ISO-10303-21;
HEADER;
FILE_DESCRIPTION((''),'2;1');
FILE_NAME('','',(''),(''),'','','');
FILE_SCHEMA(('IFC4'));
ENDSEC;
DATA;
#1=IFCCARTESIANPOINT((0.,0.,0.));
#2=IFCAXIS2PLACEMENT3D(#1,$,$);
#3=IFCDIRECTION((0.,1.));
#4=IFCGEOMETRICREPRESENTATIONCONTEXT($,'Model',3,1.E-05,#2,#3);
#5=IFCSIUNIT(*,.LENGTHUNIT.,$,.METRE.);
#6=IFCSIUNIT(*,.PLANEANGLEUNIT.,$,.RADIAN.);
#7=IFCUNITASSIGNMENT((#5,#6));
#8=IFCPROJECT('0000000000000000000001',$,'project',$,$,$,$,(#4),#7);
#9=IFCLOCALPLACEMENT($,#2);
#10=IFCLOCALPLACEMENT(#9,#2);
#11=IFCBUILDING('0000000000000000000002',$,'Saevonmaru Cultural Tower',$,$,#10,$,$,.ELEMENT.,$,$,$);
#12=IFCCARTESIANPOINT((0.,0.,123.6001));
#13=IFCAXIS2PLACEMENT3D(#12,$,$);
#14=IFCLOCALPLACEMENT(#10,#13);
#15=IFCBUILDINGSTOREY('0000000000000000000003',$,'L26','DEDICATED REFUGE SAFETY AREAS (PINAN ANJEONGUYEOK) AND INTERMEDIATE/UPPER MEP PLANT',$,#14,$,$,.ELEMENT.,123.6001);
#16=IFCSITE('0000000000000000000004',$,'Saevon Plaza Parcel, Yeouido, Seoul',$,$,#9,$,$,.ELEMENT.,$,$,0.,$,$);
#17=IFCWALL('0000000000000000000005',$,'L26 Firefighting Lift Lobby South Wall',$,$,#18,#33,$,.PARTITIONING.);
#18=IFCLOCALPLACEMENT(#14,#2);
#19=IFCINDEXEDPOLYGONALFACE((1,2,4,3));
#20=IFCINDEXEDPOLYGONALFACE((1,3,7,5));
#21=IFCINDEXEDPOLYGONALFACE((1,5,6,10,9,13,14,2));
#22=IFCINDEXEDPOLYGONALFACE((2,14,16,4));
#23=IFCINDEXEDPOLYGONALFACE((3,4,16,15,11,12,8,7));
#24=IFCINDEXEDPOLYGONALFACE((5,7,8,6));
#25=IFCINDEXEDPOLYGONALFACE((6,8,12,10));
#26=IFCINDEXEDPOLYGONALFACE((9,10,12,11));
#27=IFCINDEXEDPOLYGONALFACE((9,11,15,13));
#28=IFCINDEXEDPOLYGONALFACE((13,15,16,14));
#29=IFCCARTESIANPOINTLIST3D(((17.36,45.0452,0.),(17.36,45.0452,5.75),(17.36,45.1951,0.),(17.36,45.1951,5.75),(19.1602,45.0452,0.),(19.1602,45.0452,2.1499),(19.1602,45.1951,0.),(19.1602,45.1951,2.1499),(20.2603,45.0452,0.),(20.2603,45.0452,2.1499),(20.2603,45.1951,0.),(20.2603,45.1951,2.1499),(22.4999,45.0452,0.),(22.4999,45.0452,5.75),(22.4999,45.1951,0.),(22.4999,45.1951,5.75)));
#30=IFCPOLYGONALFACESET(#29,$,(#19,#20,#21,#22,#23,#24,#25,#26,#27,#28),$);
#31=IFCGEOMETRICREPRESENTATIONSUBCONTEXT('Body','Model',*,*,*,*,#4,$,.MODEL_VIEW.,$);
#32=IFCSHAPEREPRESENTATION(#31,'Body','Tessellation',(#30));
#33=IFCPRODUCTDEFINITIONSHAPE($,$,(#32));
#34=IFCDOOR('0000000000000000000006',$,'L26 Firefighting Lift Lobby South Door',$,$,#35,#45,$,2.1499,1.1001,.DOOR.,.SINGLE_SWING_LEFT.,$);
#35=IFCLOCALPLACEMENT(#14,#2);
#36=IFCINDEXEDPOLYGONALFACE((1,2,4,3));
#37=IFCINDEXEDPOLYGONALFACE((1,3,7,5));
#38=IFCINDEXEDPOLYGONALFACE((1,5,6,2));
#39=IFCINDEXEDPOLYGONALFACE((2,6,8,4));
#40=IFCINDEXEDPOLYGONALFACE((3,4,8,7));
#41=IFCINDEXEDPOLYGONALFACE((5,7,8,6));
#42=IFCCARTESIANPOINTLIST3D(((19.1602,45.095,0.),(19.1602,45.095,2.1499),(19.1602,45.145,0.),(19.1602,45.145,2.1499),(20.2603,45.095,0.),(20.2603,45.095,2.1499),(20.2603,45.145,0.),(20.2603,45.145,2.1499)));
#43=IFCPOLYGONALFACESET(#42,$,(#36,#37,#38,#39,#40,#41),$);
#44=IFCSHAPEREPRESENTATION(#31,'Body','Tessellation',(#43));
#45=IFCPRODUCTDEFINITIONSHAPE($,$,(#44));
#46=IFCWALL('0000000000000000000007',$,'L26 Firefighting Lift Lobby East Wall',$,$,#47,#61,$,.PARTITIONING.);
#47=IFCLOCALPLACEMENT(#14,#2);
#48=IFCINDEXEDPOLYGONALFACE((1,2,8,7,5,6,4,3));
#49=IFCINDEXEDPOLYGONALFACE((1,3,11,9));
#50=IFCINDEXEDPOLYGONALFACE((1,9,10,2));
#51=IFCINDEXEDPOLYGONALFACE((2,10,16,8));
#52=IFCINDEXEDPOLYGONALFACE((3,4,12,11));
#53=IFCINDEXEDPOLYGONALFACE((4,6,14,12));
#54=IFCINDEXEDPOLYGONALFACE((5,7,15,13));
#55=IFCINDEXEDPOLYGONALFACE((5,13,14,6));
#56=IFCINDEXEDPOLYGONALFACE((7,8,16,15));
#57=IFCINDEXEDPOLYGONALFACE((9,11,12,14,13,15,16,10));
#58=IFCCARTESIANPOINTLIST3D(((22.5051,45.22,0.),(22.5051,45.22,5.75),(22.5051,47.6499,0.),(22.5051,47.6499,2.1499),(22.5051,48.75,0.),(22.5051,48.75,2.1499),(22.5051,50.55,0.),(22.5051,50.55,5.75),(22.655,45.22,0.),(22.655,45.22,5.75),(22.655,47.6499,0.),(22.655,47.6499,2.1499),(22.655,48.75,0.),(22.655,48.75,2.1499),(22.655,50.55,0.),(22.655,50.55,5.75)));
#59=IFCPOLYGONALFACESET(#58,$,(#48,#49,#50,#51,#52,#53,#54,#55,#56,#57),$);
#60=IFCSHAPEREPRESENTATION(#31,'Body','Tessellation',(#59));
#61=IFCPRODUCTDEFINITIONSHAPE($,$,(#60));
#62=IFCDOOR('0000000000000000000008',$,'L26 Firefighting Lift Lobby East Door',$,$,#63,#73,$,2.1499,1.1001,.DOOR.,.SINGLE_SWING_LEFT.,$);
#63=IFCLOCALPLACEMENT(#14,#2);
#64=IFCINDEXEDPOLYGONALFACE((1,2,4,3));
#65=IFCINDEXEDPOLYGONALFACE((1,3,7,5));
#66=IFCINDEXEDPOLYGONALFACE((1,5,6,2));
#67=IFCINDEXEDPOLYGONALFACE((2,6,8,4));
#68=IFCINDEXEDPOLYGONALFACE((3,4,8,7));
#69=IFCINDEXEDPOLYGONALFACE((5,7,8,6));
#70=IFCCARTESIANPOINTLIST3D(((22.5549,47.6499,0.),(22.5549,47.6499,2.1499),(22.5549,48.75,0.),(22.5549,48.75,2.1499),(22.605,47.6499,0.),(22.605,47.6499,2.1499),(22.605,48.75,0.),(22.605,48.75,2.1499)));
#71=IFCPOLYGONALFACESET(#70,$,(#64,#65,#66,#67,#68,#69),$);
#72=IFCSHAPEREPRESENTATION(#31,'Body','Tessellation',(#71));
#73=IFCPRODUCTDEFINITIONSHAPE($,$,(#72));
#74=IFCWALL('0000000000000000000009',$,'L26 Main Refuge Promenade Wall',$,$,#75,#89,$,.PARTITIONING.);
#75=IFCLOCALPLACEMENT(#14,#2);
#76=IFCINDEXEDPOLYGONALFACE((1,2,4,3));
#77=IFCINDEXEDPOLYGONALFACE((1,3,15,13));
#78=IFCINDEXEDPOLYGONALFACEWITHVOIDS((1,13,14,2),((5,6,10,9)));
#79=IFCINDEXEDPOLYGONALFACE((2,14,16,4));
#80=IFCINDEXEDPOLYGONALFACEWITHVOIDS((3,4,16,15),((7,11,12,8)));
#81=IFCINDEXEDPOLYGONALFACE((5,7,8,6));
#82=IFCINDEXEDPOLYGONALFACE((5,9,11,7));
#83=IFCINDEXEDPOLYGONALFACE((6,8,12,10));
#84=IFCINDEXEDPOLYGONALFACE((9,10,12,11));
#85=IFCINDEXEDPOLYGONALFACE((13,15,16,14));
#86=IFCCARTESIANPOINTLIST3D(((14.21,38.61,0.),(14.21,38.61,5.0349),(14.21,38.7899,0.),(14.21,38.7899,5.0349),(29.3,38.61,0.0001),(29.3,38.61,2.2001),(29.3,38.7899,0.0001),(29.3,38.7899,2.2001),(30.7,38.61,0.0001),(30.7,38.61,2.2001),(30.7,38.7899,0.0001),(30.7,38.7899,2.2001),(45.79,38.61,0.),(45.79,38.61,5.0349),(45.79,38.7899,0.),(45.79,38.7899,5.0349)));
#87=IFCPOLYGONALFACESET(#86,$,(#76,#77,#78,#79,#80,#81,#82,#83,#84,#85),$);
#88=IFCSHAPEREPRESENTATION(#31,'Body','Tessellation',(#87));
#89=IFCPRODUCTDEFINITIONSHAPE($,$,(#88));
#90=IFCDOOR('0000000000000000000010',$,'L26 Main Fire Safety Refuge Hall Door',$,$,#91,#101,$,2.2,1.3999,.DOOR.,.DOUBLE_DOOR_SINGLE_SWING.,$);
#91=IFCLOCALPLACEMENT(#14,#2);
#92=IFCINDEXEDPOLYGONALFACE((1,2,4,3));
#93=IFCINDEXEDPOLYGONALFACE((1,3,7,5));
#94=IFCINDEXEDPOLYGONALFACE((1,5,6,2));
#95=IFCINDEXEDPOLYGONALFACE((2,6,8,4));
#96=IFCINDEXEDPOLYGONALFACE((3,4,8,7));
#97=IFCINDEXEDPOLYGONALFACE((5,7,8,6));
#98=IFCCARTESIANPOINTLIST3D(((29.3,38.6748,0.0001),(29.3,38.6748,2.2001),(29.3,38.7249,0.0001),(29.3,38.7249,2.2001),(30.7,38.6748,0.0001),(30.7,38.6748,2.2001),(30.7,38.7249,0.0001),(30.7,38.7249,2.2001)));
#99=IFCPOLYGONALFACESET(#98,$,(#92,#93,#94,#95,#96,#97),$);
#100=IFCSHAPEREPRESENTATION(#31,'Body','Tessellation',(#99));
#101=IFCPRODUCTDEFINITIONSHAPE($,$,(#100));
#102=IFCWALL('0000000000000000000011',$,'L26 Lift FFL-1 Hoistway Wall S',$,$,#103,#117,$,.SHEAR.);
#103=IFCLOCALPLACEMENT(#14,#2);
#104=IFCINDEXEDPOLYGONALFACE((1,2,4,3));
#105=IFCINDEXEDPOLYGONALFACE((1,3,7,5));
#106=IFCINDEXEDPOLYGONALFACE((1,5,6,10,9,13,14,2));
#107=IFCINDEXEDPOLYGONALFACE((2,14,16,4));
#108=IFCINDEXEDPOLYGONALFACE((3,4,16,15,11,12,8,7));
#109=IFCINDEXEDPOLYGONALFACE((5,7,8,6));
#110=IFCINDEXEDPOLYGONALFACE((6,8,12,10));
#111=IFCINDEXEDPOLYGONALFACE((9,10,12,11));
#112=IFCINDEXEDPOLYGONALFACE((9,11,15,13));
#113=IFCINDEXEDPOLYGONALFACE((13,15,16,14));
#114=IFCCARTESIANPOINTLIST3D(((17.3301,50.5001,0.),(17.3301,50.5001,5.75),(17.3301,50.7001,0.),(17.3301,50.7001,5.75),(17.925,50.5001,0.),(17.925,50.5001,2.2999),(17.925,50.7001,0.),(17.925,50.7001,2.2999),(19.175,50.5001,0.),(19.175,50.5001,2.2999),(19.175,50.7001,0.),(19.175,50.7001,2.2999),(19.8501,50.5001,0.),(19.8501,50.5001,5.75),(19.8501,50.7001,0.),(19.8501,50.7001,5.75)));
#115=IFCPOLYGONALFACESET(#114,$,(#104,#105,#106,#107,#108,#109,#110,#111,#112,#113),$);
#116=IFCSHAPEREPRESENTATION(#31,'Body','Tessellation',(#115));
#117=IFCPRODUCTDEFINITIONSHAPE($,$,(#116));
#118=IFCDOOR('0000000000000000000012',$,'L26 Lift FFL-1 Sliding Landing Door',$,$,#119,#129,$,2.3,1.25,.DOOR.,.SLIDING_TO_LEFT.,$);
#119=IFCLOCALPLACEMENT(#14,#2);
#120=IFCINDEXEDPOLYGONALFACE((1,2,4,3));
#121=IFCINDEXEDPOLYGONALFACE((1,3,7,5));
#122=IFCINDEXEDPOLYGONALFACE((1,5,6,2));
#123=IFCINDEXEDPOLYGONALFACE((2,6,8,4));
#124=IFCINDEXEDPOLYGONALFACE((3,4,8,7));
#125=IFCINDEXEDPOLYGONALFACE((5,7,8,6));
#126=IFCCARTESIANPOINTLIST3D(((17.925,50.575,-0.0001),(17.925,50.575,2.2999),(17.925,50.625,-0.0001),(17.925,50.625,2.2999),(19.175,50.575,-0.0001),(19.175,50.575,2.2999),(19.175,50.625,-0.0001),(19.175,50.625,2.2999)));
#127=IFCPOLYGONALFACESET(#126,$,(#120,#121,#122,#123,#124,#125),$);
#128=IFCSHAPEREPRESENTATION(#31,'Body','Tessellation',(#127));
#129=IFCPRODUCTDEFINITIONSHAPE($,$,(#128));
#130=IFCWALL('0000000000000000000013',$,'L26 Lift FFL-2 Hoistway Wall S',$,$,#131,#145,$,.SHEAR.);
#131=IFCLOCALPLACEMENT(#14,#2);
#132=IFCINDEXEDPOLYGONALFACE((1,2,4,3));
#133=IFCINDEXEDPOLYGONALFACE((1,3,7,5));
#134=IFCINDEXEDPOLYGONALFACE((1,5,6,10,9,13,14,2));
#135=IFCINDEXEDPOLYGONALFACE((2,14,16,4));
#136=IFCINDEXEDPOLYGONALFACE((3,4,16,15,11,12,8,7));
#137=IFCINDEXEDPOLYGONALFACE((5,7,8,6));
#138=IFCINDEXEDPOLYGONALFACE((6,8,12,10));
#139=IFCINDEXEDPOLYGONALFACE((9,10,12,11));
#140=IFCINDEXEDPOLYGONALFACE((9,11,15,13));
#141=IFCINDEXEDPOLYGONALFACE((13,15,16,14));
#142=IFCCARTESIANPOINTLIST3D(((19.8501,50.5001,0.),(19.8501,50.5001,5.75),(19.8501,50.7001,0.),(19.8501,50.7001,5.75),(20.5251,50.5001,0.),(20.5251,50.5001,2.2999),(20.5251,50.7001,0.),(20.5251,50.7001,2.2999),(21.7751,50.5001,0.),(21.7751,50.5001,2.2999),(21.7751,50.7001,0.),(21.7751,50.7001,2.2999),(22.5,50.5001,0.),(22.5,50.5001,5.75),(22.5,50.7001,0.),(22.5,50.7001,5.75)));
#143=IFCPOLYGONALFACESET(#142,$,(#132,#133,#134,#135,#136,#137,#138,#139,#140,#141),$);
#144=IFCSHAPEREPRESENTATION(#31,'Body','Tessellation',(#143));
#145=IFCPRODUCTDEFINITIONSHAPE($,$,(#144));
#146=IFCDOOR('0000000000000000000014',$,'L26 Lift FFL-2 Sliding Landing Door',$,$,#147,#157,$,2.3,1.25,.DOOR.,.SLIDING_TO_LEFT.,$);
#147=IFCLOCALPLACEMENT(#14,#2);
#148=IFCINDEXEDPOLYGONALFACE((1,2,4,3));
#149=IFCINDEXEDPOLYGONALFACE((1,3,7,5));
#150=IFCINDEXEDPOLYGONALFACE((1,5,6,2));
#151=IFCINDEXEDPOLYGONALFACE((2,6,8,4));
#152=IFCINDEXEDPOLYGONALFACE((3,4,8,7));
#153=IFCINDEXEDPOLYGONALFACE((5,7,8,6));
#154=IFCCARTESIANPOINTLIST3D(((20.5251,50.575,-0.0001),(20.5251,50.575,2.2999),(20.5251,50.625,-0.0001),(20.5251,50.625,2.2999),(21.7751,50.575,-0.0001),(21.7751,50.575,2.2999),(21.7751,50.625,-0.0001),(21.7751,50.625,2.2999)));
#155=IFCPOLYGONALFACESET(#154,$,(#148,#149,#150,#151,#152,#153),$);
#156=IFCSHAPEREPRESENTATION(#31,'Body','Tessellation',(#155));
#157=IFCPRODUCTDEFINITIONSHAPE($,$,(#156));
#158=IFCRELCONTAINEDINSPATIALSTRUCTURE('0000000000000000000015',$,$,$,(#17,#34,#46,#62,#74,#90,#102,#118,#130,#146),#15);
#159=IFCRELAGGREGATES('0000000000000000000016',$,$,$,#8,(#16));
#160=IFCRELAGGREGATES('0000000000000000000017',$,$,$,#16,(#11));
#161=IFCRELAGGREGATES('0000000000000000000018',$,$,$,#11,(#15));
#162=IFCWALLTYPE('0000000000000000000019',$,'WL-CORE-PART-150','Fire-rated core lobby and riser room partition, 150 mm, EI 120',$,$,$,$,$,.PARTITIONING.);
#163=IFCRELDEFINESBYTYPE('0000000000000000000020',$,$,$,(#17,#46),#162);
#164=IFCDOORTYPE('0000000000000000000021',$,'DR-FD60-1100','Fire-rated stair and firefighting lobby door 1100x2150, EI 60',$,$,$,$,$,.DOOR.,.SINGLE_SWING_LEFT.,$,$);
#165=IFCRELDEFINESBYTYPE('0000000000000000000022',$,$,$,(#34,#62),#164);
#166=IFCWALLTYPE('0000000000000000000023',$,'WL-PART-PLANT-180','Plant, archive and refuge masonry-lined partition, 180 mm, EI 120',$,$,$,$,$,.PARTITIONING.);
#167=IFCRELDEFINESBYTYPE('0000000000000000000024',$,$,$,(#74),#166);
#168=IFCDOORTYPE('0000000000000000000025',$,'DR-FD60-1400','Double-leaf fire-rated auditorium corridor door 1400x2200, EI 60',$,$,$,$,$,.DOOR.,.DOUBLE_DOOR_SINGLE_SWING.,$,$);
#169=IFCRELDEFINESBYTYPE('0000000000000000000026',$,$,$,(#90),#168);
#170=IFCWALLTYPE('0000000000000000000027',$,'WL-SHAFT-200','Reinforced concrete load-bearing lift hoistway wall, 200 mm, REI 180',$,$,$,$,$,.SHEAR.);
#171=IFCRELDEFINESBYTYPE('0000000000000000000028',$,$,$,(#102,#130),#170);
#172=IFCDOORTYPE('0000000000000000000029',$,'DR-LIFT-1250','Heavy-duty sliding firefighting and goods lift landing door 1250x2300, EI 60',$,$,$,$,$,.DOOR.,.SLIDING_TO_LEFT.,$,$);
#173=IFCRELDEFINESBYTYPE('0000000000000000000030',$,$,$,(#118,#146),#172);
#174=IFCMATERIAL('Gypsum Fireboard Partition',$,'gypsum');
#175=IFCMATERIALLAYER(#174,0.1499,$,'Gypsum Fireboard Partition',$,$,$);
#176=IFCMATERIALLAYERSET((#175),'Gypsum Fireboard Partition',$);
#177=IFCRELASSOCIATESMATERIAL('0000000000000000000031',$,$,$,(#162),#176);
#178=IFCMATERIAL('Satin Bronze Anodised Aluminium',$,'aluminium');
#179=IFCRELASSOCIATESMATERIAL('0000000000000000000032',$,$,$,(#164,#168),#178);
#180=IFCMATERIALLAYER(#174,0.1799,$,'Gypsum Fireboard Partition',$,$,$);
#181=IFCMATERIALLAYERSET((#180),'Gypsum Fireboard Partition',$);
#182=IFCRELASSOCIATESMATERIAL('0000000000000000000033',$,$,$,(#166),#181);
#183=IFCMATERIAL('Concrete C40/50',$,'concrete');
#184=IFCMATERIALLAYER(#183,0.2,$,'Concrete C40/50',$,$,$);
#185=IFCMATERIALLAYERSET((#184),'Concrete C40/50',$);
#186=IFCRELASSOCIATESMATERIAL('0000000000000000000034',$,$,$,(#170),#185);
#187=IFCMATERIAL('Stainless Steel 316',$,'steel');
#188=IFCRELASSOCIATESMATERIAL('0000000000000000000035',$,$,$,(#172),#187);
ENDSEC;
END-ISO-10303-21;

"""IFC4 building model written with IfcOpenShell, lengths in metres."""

from ifc_helpers import new_model, si_unit, direction, frame, frame_2d, origin, place, context, subcontext, project, spatial, rectangle, extrude, material, layer, layer_set, type_object, element, fill, save


model = new_model("IFC4")

# Units and contexts
model_context = context("Model", 3, precision=1e-05, world=origin(), true_north=direction((0.0, 1.0)))
body_context = subcontext(model_context, "Body", "Model", "MODEL_VIEW")
ifc_project = project(units=[si_unit("LENGTHUNIT", "METRE"), si_unit("PLANEANGLEUNIT", "RADIAN")], contexts=[model_context])

# Site, building, storey
site_placement = place(None, origin())
site = spatial("IfcSite", under=ifc_project, at=site_placement, Name="Saevon Plaza Parcel, Yeouido, Seoul", CompositionType="ELEMENT", RefElevation=0.0)
building_placement = place(site_placement, origin())
building = spatial("IfcBuilding", under=site, at=building_placement, Name="Saevonmaru Cultural Tower", CompositionType="ELEMENT")
storey_placement = place(building_placement, frame((0.0, 0.0, 123.6001)))
storey = spatial("IfcBuildingStorey", under=building, at=storey_placement, Name="L26", Description="DEDICATED REFUGE SAFETY AREAS (PINAN ANJEONGUYEOK) AND INTERMEDIATE/UPPER MEP PLANT", CompositionType="ELEMENT", Elevation=123.6001)

# Walls, openings, doors
ifc_material_1 = material(Name="Gypsum Fireboard Partition", Category="gypsum")
ifc_layer_1 = layer(ifc_material_1, 0.1499, Name="Gypsum Fireboard Partition")
ifc_layer_set_1 = layer_set([ifc_layer_1], Name="Gypsum Fireboard Partition")
wall_type_1 = type_object("IfcWallType", Name="WL-CORE-PART-150", Description="Fire-rated core lobby and riser room partition, 150 mm, EI 120", PredefinedType="PARTITIONING", material=ifc_layer_set_1)
wall_1_placement = place(storey_placement, frame((17.3601, 45.1201, 0.0), z_axis=(0.0, 0.0, 1.0), x_axis=(1.0, 0.0, 0.0)))
wall_1 = element("IfcWall", 1, at=wall_1_placement, inside=storey, type_object=wall_type_1, Name="L26 Firefighting Lift Lobby South Wall", PredefinedType="PARTITIONING", context=body_context, shape_type="SweptSolid", body=[
    extrude(rectangle(XDim=5.1399, YDim=0.1499, at=frame_2d((2.5698, 0.0))), origin(), (0.0, 0.0, 1.0), 5.75),
])
opening_1_placement = place(wall_1_placement, frame((1.8, 0.0, 0.0)))
opening_1 = element("IfcOpeningElement", 2, at=opening_1_placement, cuts=wall_1, PredefinedType="OPENING", context=body_context, shape_type="SweptSolid", body=[
    extrude(rectangle(XDim=1.1001, YDim=2.1499, at=frame_2d((0.55, 1.075))), frame((0.0, 0.085, 0.0), z_axis=(0.0, -1.0, 0.0), x_axis=(1.0, 0.0, 0.0)), (0.0, 0.0, 1.0), 0.1699),
])
ifc_material_2 = material(Name="Satin Bronze Anodised Aluminium", Category="aluminium")
door_type_1 = type_object("IfcDoorType", Name="DR-FD60-1100", Description="Fire-rated stair and firefighting lobby door 1100x2150, EI 60", OperationType="SINGLE_SWING_LEFT", PredefinedType="DOOR", material=ifc_material_2)
door_1_placement = place(opening_1_placement, origin())
door_1 = element("IfcDoor", 3, at=door_1_placement, inside=storey, type_object=door_type_1, Name="L26 Firefighting Lift Lobby South Door", OperationType="SINGLE_SWING_LEFT", OverallHeight=2.1499, OverallWidth=1.1001, PredefinedType="DOOR", context=body_context, shape_type="SweptSolid", body=[
    extrude(rectangle(XDim=1.1001, YDim=2.1499, at=frame_2d((0.55, 1.075))), frame((0.0, 0.0249, 0.0), z_axis=(0.0, -1.0, 0.0), x_axis=(1.0, 0.0, 0.0)), (0.0, 0.0, 1.0), 0.05),
])
fill(opening_1, door_1)
wall_2_placement = place(storey_placement, frame((22.5801, 50.55, 0.0), z_axis=(0.0, 0.0, 1.0), x_axis=(0.0, -1.0, 0.0)))
wall_2 = element("IfcWall", 4, at=wall_2_placement, inside=storey, type_object=wall_type_1, Name="L26 Firefighting Lift Lobby East Wall", PredefinedType="PARTITIONING", context=body_context, shape_type="SweptSolid", body=[
    extrude(rectangle(XDim=5.3301, YDim=0.1499, at=frame_2d((2.665, 0.0))), origin(), (0.0, 0.0, 1.0), 5.75),
])
opening_2_placement = place(wall_2_placement, frame((1.8, 0.0, 0.0)))
opening_2 = element("IfcOpeningElement", 5, at=opening_2_placement, cuts=wall_2, PredefinedType="OPENING", context=body_context, shape_type="SweptSolid", body=[
    extrude(rectangle(XDim=1.1001, YDim=2.1499, at=frame_2d((0.55, 1.075))), frame((0.0, 0.085, 0.0), z_axis=(0.0, -1.0, 0.0), x_axis=(1.0, 0.0, 0.0)), (0.0, 0.0, 1.0), 0.1699),
])
door_2_placement = place(opening_2_placement, origin())
door_2 = element("IfcDoor", 6, at=door_2_placement, inside=storey, type_object=door_type_1, Name="L26 Firefighting Lift Lobby East Door", OperationType="SINGLE_SWING_LEFT", OverallHeight=2.1499, OverallWidth=1.1001, PredefinedType="DOOR", context=body_context, shape_type="SweptSolid", body=[
    extrude(rectangle(XDim=1.1001, YDim=2.1499, at=frame_2d((0.55, 1.075))), frame((0.0, 0.0249, 0.0), z_axis=(0.0, -1.0, 0.0), x_axis=(1.0, 0.0, 0.0)), (0.0, 0.0, 1.0), 0.05),
])
fill(opening_2, door_2)
ifc_layer_2 = layer(ifc_material_1, 0.1799, Name="Gypsum Fireboard Partition")
ifc_layer_set_2 = layer_set([ifc_layer_2], Name="Gypsum Fireboard Partition")
wall_type_2 = type_object("IfcWallType", Name="WL-PART-PLANT-180", Description="Plant, archive and refuge masonry-lined partition, 180 mm, EI 120", PredefinedType="PARTITIONING", material=ifc_layer_set_2)
wall_3_placement = place(storey_placement, frame((14.21, 38.7, 0.0), z_axis=(0.0, 0.0, 1.0), x_axis=(1.0, 0.0, 0.0)))
wall_3 = element("IfcWall", 7, at=wall_3_placement, inside=storey, type_object=wall_type_2, Name="L26 Main Refuge Promenade Wall", PredefinedType="PARTITIONING", context=body_context, shape_type="SweptSolid", body=[
    extrude(rectangle(XDim=31.5801, YDim=0.1799, at=frame_2d((15.79, 0.0))), origin(), (0.0, 0.0, 1.0), 5.0349),
])
opening_3_placement = place(wall_3_placement, frame((15.0901, 0.0, 0.0)))
opening_3 = element("IfcOpeningElement", 8, at=opening_3_placement, cuts=wall_3, PredefinedType="OPENING", context=body_context, shape_type="SweptSolid", body=[
    extrude(rectangle(XDim=1.3999, YDim=2.2, at=frame_2d((0.7, 1.1001))), frame((0.0, 0.1001, 0.0), z_axis=(0.0, -1.0, 0.0), x_axis=(1.0, 0.0, 0.0)), (0.0, 0.0, 1.0), 0.2),
])
door_type_2 = type_object("IfcDoorType", Name="DR-FD60-1400", Description="Double-leaf fire-rated auditorium corridor door 1400x2200, EI 60", OperationType="DOUBLE_DOOR_SINGLE_SWING", PredefinedType="DOOR", material=ifc_material_2)
door_3_placement = place(opening_3_placement, origin())
door_3 = element("IfcDoor", 9, at=door_3_placement, inside=storey, type_object=door_type_2, Name="L26 Main Fire Safety Refuge Hall Door", OperationType="DOUBLE_DOOR_SINGLE_SWING", OverallHeight=2.2, OverallWidth=1.3999, PredefinedType="DOOR", context=body_context, shape_type="SweptSolid", body=[
    extrude(rectangle(XDim=1.3999, YDim=2.2, at=frame_2d((0.7, 1.1001))), frame((0.0, 0.0249, 0.0), z_axis=(0.0, -1.0, 0.0), x_axis=(1.0, 0.0, 0.0)), (0.0, 0.0, 1.0), 0.05),
])
fill(opening_3, door_3)
ifc_material_3 = material(Name="Concrete C40/50", Category="concrete")
ifc_layer_3 = layer(ifc_material_3, 0.2, Name="Concrete C40/50")
ifc_layer_set_3 = layer_set([ifc_layer_3], Name="Concrete C40/50")
wall_type_3 = type_object("IfcWallType", Name="WL-SHAFT-200", Description="Reinforced concrete load-bearing lift hoistway wall, 200 mm, REI 180", PredefinedType="SHEAR", material=ifc_layer_set_3)
wall_4_placement = place(storey_placement, frame((17.3301, 50.6001, 0.0), z_axis=(0.0, 0.0, 1.0), x_axis=(1.0, 0.0, 0.0)))
wall_4 = element("IfcWall", 10, at=wall_4_placement, inside=storey, type_object=wall_type_3, Name="L26 Lift FFL-1 Hoistway Wall S", PredefinedType="SHEAR", context=body_context, shape_type="SweptSolid", body=[
    extrude(rectangle(XDim=2.52, YDim=0.2, at=frame_2d((1.26, 0.0))), origin(), (0.0, 0.0, 1.0), 5.75),
])
opening_4_placement = place(wall_4_placement, frame((0.595, 0.0, 0.0)))
opening_4 = element("IfcOpeningElement", 11, at=opening_4_placement, cuts=wall_4, PredefinedType="OPENING", context=body_context, shape_type="SweptSolid", body=[
    extrude(rectangle(XDim=1.25, YDim=2.3, at=frame_2d((0.625, 1.1499))), frame((0.0, 0.1099, 0.0), z_axis=(0.0, -1.0, 0.0), x_axis=(1.0, 0.0, 0.0)), (0.0, 0.0, 1.0), 0.22),
])
ifc_material_4 = material(Name="Stainless Steel 316", Category="steel")
door_type_3 = type_object("IfcDoorType", Name="DR-LIFT-1250", Description="Heavy-duty sliding firefighting and goods lift landing door 1250x2300, EI 60", OperationType="SLIDING_TO_LEFT", PredefinedType="DOOR", material=ifc_material_4)
door_4_placement = place(opening_4_placement, origin())
door_4 = element("IfcDoor", 12, at=door_4_placement, inside=storey, type_object=door_type_3, Name="L26 Lift FFL-1 Sliding Landing Door", OperationType="SLIDING_TO_LEFT", OverallHeight=2.3, OverallWidth=1.25, PredefinedType="DOOR", context=body_context, shape_type="SweptSolid", body=[
    extrude(rectangle(XDim=1.25, YDim=2.3, at=frame_2d((0.625, 1.1499))), frame((0.0, 0.0249, 0.0), z_axis=(0.0, -1.0, 0.0), x_axis=(1.0, 0.0, 0.0)), (0.0, 0.0, 1.0), 0.05),
])
fill(opening_4, door_4)
wall_5_placement = place(storey_placement, frame((19.8501, 50.6001, 0.0), z_axis=(0.0, 0.0, 1.0), x_axis=(1.0, 0.0, 0.0)))
wall_5 = element("IfcWall", 13, at=wall_5_placement, inside=storey, type_object=wall_type_3, Name="L26 Lift FFL-2 Hoistway Wall S", PredefinedType="SHEAR", context=body_context, shape_type="SweptSolid", body=[
    extrude(rectangle(XDim=2.6499, YDim=0.2, at=frame_2d((1.325, 0.0))), origin(), (0.0, 0.0, 1.0), 5.75),
])
opening_5_placement = place(wall_5_placement, frame((0.675, 0.0, 0.0)))
opening_5 = element("IfcOpeningElement", 14, at=opening_5_placement, cuts=wall_5, PredefinedType="OPENING", context=body_context, shape_type="SweptSolid", body=[
    extrude(rectangle(XDim=1.25, YDim=2.3, at=frame_2d((0.625, 1.1499))), frame((0.0, 0.1099, 0.0), z_axis=(0.0, -1.0, 0.0), x_axis=(1.0, 0.0, 0.0)), (0.0, 0.0, 1.0), 0.22),
])
door_5_placement = place(opening_5_placement, origin())
door_5 = element("IfcDoor", 15, at=door_5_placement, inside=storey, type_object=door_type_3, Name="L26 Lift FFL-2 Sliding Landing Door", OperationType="SLIDING_TO_LEFT", OverallHeight=2.3, OverallWidth=1.25, PredefinedType="DOOR", context=body_context, shape_type="SweptSolid", body=[
    extrude(rectangle(XDim=1.25, YDim=2.3, at=frame_2d((0.625, 1.1499))), frame((0.0, 0.0249, 0.0), z_axis=(0.0, -1.0, 0.0), x_axis=(1.0, 0.0, 0.0)), (0.0, 0.0, 1.0), 0.05),
])
fill(opening_5, door_5)

save(model, "model.ifc")
